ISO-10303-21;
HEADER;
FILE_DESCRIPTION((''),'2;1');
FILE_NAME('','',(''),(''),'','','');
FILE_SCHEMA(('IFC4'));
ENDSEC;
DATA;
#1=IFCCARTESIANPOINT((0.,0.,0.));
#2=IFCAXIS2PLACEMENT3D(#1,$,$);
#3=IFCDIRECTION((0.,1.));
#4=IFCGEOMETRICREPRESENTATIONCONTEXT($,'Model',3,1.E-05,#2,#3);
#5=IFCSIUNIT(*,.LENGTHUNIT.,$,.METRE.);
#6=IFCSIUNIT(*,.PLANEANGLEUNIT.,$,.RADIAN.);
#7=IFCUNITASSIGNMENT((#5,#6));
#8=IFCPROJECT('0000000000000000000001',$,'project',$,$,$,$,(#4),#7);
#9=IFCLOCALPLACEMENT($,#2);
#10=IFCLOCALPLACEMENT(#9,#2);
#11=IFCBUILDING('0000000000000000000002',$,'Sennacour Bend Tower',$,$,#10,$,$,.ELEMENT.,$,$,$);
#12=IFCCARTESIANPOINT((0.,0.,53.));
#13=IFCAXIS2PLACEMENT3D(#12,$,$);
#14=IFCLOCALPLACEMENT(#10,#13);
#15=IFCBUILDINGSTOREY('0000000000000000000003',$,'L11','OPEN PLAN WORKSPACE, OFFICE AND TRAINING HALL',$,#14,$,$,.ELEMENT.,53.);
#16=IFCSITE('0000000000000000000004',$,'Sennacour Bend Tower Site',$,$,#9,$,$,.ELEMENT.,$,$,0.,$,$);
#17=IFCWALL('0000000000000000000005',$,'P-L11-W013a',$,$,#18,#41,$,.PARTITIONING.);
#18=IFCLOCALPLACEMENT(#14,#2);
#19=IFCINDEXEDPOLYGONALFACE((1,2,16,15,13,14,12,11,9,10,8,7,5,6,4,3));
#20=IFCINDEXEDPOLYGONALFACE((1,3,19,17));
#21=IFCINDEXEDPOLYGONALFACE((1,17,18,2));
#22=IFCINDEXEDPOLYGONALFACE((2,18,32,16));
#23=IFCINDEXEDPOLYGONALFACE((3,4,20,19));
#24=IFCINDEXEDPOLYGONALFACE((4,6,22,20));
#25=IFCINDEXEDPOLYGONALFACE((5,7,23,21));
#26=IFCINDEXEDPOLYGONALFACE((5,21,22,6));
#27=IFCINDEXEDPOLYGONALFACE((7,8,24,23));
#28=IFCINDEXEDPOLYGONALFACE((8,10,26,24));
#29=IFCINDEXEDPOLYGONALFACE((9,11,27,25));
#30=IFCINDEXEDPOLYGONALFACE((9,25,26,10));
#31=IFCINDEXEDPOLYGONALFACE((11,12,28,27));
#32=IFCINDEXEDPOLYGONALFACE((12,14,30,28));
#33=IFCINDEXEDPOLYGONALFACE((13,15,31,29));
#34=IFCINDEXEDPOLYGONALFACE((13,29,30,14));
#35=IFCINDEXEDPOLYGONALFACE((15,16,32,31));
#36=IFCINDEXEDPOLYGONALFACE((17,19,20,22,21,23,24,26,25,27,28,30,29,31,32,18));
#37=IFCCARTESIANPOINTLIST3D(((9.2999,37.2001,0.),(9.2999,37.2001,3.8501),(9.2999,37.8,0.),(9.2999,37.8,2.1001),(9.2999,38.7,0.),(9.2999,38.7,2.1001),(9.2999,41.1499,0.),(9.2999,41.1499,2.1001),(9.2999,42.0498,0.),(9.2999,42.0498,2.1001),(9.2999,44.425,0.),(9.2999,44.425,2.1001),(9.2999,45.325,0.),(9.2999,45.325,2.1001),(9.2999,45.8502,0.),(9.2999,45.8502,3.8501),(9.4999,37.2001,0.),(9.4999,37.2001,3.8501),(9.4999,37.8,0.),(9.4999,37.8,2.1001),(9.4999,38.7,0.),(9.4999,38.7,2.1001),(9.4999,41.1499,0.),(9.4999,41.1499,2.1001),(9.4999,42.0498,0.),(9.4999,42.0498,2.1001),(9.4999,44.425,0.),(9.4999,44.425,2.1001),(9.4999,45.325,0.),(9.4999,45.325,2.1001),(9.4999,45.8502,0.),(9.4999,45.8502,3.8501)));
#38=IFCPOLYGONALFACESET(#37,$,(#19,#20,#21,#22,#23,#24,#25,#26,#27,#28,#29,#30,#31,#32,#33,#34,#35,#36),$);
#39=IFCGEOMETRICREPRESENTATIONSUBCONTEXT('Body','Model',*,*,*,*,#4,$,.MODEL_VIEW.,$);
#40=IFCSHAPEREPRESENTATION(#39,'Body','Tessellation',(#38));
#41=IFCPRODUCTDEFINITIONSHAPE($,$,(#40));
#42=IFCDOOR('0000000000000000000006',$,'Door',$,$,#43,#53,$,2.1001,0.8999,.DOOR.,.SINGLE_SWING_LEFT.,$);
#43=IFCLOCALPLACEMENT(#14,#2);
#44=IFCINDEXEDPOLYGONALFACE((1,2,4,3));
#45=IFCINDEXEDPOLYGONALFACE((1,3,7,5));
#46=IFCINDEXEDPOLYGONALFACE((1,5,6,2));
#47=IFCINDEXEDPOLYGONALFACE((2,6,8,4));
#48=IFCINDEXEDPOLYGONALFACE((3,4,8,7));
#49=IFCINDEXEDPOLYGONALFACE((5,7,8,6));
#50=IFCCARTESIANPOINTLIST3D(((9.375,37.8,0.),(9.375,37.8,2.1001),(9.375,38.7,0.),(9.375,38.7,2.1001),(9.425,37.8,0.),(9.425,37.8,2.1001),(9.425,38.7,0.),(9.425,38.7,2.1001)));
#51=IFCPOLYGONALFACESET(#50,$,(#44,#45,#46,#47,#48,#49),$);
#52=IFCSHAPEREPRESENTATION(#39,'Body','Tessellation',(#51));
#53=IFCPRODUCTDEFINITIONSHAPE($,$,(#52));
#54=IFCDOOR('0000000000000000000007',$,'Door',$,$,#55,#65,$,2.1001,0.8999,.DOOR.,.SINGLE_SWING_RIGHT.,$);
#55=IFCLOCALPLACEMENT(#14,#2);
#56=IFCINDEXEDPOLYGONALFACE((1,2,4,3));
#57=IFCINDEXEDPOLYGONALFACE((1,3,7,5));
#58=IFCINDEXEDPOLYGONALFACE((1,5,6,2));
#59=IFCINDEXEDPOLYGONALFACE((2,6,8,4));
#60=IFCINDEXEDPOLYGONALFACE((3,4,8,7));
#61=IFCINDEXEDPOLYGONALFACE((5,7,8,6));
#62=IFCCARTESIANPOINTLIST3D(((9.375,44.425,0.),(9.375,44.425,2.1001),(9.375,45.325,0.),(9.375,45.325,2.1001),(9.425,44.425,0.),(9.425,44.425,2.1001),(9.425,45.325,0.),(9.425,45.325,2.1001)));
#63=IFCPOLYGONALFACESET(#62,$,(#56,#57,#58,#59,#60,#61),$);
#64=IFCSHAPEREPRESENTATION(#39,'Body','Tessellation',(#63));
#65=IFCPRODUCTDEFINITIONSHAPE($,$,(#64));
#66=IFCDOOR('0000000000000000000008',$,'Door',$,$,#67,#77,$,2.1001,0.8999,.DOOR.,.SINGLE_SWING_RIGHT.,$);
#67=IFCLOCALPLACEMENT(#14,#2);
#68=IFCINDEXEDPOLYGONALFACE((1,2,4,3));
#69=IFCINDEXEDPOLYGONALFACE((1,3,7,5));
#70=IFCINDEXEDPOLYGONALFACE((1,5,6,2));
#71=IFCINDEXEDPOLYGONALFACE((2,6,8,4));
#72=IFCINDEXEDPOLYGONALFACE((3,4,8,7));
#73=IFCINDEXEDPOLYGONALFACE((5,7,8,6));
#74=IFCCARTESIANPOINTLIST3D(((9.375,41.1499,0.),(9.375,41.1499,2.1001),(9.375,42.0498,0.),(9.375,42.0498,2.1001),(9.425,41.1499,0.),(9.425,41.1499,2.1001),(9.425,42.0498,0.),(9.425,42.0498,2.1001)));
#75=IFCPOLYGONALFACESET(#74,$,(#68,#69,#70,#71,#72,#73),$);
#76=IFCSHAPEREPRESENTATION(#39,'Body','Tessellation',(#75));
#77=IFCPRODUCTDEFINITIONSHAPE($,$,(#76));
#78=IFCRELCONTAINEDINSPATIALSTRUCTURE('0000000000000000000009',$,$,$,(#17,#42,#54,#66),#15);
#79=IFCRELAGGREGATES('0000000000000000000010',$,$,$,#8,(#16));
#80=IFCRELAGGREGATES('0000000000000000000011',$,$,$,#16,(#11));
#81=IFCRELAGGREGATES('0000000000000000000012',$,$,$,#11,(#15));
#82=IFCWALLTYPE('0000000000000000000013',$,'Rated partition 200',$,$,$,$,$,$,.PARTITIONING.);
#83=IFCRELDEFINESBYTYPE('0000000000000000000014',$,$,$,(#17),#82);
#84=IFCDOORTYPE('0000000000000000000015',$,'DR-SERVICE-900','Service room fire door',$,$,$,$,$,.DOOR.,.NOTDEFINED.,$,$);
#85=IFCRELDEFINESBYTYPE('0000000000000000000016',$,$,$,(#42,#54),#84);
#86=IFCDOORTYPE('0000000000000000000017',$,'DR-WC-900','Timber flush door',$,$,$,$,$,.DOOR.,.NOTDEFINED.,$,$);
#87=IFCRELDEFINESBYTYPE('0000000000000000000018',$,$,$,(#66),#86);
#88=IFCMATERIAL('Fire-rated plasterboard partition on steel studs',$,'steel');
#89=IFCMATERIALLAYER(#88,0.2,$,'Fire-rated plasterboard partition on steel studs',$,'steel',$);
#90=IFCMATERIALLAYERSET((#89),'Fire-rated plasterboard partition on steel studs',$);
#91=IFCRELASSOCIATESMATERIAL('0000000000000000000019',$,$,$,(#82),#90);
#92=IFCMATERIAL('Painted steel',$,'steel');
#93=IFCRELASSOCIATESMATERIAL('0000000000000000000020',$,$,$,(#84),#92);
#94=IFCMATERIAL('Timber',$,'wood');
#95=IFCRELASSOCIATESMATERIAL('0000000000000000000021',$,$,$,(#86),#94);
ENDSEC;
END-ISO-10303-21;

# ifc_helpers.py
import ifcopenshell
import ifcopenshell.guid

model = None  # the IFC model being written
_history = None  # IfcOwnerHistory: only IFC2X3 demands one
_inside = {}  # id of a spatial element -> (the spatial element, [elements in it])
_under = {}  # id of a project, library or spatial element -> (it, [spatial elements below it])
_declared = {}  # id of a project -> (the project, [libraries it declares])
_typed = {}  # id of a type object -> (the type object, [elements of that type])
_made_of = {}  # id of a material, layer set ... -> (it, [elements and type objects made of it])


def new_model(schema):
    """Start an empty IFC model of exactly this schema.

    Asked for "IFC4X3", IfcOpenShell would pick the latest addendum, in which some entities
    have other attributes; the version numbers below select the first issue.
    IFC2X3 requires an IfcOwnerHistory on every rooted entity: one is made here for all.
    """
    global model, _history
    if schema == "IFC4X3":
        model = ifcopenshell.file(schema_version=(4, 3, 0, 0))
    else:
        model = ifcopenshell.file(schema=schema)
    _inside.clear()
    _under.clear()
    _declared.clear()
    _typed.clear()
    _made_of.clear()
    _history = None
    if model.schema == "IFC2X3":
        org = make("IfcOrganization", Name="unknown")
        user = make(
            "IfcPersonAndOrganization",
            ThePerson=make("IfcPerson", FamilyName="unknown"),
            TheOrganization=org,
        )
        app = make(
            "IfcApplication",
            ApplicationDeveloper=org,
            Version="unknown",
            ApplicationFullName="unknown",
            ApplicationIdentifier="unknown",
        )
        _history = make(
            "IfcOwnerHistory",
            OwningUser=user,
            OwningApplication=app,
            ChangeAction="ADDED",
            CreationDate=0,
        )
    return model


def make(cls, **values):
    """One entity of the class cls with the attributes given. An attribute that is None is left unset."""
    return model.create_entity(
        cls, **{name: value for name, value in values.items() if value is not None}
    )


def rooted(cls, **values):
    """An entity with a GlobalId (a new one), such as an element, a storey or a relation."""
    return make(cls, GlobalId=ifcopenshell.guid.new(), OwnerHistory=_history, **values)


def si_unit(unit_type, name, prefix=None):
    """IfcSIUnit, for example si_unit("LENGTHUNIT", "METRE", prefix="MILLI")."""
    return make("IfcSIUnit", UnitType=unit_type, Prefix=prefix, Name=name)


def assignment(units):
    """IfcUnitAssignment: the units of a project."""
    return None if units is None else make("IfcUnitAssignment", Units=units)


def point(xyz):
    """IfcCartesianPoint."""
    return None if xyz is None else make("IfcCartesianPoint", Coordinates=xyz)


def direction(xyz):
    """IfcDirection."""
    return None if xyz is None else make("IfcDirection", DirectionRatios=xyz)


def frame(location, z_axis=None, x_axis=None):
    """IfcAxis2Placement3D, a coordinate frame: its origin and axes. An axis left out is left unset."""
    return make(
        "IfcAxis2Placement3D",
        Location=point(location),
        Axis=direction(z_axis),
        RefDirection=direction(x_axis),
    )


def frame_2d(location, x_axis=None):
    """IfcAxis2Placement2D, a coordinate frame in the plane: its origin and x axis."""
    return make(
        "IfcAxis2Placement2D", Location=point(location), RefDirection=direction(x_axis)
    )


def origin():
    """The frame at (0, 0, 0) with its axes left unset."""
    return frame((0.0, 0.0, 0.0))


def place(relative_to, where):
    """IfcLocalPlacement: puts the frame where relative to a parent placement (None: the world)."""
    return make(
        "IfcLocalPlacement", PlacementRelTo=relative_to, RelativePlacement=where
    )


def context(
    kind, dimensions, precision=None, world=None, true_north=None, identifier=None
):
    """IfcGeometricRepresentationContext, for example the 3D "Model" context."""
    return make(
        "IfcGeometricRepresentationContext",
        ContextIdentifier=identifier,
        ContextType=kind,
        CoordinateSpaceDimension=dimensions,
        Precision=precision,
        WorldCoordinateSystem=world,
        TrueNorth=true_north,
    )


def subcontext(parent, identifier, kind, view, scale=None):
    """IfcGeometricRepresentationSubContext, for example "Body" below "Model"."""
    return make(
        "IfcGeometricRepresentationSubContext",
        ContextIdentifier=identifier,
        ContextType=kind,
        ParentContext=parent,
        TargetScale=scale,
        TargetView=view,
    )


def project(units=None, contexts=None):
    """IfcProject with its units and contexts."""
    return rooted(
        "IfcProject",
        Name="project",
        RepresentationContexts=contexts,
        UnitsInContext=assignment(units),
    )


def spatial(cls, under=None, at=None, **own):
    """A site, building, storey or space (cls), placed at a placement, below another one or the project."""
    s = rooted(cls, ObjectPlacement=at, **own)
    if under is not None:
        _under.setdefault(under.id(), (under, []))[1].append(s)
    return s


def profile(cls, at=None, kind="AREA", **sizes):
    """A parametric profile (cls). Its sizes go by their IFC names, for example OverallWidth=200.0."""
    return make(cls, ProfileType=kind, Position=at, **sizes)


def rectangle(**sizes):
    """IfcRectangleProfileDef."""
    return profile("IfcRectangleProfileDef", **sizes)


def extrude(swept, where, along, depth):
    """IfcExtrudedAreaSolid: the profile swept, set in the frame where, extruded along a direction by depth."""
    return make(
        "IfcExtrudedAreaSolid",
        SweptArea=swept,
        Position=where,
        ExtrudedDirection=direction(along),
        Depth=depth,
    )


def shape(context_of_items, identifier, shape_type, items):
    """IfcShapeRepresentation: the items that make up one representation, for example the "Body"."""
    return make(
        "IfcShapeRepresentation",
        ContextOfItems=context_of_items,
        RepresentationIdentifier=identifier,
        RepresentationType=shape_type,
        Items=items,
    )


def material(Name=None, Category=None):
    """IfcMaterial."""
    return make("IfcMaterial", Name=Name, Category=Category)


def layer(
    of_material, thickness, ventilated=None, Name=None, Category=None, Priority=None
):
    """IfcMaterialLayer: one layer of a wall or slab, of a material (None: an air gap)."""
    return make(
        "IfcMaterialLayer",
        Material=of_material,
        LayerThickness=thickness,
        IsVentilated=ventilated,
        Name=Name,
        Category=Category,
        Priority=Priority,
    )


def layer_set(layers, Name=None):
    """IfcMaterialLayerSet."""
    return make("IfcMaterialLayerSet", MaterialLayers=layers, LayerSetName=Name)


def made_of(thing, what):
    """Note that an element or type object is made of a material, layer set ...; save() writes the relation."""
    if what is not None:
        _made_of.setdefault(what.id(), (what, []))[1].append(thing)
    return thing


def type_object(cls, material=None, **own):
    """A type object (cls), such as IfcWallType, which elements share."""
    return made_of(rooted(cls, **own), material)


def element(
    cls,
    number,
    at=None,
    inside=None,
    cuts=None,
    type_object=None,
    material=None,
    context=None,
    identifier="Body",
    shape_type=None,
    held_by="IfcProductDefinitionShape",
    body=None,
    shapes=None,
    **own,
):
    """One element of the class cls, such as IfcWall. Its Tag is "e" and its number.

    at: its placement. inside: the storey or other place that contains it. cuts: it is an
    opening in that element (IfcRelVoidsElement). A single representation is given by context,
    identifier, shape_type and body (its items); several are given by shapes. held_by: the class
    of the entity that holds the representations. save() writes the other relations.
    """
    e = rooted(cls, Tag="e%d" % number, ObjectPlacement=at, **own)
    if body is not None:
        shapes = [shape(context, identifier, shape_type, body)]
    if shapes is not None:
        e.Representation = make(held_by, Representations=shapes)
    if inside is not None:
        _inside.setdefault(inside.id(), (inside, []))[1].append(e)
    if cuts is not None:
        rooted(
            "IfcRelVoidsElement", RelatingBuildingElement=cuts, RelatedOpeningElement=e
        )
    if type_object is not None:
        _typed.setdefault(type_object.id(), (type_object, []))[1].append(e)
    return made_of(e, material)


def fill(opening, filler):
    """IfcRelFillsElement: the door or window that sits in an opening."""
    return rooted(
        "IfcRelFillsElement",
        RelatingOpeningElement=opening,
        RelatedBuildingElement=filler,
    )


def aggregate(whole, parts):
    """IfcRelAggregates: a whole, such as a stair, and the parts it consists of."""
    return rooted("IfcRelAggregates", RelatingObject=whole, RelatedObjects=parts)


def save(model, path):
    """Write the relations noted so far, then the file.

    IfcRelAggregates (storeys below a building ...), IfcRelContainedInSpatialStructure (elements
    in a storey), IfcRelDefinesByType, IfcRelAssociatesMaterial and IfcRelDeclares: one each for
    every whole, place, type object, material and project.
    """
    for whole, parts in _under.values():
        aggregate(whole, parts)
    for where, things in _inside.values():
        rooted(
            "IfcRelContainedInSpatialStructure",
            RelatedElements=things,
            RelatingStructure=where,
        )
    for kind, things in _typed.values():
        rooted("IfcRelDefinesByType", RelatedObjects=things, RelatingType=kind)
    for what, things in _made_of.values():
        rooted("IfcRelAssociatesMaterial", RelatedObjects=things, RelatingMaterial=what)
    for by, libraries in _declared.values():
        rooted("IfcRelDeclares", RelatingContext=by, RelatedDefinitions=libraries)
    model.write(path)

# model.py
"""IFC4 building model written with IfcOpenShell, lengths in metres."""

from ifc_helpers import new_model, si_unit, direction, frame, frame_2d, origin, place, context, subcontext, project, spatial, rectangle, extrude, material, layer, layer_set, type_object, element, fill, save


model = new_model("IFC4")

# Units and contexts
model_context = context("Model", 3, precision=1e-05, world=origin(), true_north=direction((0.0, 1.0)))
body_context = subcontext(model_context, "Body", "Model", "MODEL_VIEW")
ifc_project = project(units=[si_unit("LENGTHUNIT", "METRE"), si_unit("PLANEANGLEUNIT", "RADIAN")], contexts=[model_context])

# Site, building, storey
site_placement = place(None, origin())
site = spatial("IfcSite", under=ifc_project, at=site_placement, Name="Sennacour Bend Tower Site", CompositionType="ELEMENT", RefElevation=0.0)
building_placement = place(site_placement, origin())
building = spatial("IfcBuilding", under=site, at=building_placement, Name="Sennacour Bend Tower", CompositionType="ELEMENT")
storey_placement = place(building_placement, frame((0.0, 0.0, 53.0)))
storey = spatial("IfcBuildingStorey", under=building, at=storey_placement, Name="L11", Description="OPEN PLAN WORKSPACE, OFFICE AND TRAINING HALL", CompositionType="ELEMENT", Elevation=53.0)

# Shared definitions
ifc_material_1 = material(Name="Painted steel", Category="steel")

# Wall, openings, doors
ifc_material_2 = material(Name="Fire-rated plasterboard partition on steel studs", Category="steel")
ifc_layer_1 = layer(ifc_material_2, 0.2, Name="Fire-rated plasterboard partition on steel studs", Category="steel")
ifc_layer_set_1 = layer_set([ifc_layer_1], Name="Fire-rated plasterboard partition on steel studs")
wall_type_1 = type_object("IfcWallType", Name="Rated partition 200", PredefinedType="PARTITIONING", material=ifc_layer_set_1)
wall_1_placement = place(storey_placement, frame((9.3999, 37.2, 0.0), z_axis=(0.0, 0.0, 1.0), x_axis=(0.0, 1.0, 0.0)))
wall_1 = element("IfcWall", 1, at=wall_1_placement, inside=storey, type_object=wall_type_1, Name="P-L11-W013a", PredefinedType="PARTITIONING", context=body_context, shape_type="SweptSolid", body=[
    extrude(rectangle(XDim=8.6501, YDim=0.2, at=frame_2d((4.3252, 0.0))), origin(), (0.0, 0.0, 1.0), 3.8501),
])
opening_1_placement = place(wall_1_placement, frame((0.6001, 0.0, 0.0)))
opening_1 = element("IfcOpeningElement", 2, at=opening_1_placement, cuts=wall_1, PredefinedType="OPENING", context=body_context, shape_type="SweptSolid", body=[
    extrude(rectangle(XDim=0.8999, YDim=2.1001, at=frame_2d((0.45, 1.05))), frame((0.0, 0.1099, 0.0), z_axis=(0.0, -1.0, 0.0), x_axis=(1.0, 0.0, 0.0)), (0.0, 0.0, 1.0), 0.22),
])
opening_2_placement = place(wall_1_placement, frame((3.95, 0.0, 0.0)))
opening_2 = element("IfcOpeningElement", 3, at=opening_2_placement, cuts=wall_1, PredefinedType="OPENING", context=body_context, shape_type="SweptSolid", body=[
    extrude(rectangle(XDim=0.8999, YDim=2.1001, at=frame_2d((0.45, 1.05))), frame((0.0, 0.1099, 0.0), z_axis=(0.0, -1.0, 0.0), x_axis=(1.0, 0.0, 0.0)), (0.0, 0.0, 1.0), 0.22),
])
opening_3_placement = place(wall_1_placement, frame((7.2251, 0.0, 0.0)))
opening_3 = element("IfcOpeningElement", 4, at=opening_3_placement, cuts=wall_1, PredefinedType="OPENING", context=body_context, shape_type="SweptSolid", body=[
    extrude(rectangle(XDim=0.8999, YDim=2.1001, at=frame_2d((0.45, 1.05))), frame((0.0, 0.1099, 0.0), z_axis=(0.0, -1.0, 0.0), x_axis=(1.0, 0.0, 0.0)), (0.0, 0.0, 1.0), 0.22),
])
door_type_1 = type_object("IfcDoorType", Name="DR-SERVICE-900", Description="Service room fire door", OperationType="NOTDEFINED", PredefinedType="DOOR", material=ifc_material_1)
door_1_placement = place(opening_1_placement, origin())
door_1 = element("IfcDoor", 5, at=door_1_placement, inside=storey, type_object=door_type_1, Name="Door", OperationType="SINGLE_SWING_LEFT", OverallHeight=2.1001, OverallWidth=0.8999, PredefinedType="DOOR", context=body_context, shape_type="SweptSolid", body=[
    extrude(rectangle(XDim=0.8999, YDim=2.1001, at=frame_2d((0.45, 1.05))), frame((0.0, 0.0249, 0.0), z_axis=(0.0, -1.0, 0.0), x_axis=(1.0, 0.0, 0.0)), (0.0, 0.0, 1.0), 0.05),
])
fill(opening_1, door_1)
door_2_placement = place(opening_3_placement, origin())
door_2 = element("IfcDoor", 6, at=door_2_placement, inside=storey, type_object=door_type_1, Name="Door", OperationType="SINGLE_SWING_RIGHT", OverallHeight=2.1001, OverallWidth=0.8999, PredefinedType="DOOR", context=body_context, shape_type="SweptSolid", body=[
    extrude(rectangle(XDim=0.8999, YDim=2.1001, at=frame_2d((0.45, 1.05))), frame((0.0, 0.0249, 0.0), z_axis=(0.0, -1.0, 0.0), x_axis=(1.0, 0.0, 0.0)), (0.0, 0.0, 1.0), 0.05),
])
fill(opening_3, door_2)
ifc_material_3 = material(Name="Timber", Category="wood")
door_type_2 = type_object("IfcDoorType", Name="DR-WC-900", Description="Timber flush door", OperationType="NOTDEFINED", PredefinedType="DOOR", material=ifc_material_3)
door_3_placement = place(opening_2_placement, origin())
door_3 = element("IfcDoor", 7, at=door_3_placement, inside=storey, type_object=door_type_2, Name="Door", OperationType="SINGLE_SWING_RIGHT", OverallHeight=2.1001, OverallWidth=0.8999, PredefinedType="DOOR", context=body_context, shape_type="SweptSolid", body=[
    extrude(rectangle(XDim=0.8999, YDim=2.1001, at=frame_2d((0.45, 1.05))), frame((0.0, 0.0249, 0.0), z_axis=(0.0, -1.0, 0.0), x_axis=(1.0, 0.0, 0.0)), (0.0, 0.0, 1.0), 0.05),
])
fill(opening_2, door_3)

save(model, "model.ifc")
